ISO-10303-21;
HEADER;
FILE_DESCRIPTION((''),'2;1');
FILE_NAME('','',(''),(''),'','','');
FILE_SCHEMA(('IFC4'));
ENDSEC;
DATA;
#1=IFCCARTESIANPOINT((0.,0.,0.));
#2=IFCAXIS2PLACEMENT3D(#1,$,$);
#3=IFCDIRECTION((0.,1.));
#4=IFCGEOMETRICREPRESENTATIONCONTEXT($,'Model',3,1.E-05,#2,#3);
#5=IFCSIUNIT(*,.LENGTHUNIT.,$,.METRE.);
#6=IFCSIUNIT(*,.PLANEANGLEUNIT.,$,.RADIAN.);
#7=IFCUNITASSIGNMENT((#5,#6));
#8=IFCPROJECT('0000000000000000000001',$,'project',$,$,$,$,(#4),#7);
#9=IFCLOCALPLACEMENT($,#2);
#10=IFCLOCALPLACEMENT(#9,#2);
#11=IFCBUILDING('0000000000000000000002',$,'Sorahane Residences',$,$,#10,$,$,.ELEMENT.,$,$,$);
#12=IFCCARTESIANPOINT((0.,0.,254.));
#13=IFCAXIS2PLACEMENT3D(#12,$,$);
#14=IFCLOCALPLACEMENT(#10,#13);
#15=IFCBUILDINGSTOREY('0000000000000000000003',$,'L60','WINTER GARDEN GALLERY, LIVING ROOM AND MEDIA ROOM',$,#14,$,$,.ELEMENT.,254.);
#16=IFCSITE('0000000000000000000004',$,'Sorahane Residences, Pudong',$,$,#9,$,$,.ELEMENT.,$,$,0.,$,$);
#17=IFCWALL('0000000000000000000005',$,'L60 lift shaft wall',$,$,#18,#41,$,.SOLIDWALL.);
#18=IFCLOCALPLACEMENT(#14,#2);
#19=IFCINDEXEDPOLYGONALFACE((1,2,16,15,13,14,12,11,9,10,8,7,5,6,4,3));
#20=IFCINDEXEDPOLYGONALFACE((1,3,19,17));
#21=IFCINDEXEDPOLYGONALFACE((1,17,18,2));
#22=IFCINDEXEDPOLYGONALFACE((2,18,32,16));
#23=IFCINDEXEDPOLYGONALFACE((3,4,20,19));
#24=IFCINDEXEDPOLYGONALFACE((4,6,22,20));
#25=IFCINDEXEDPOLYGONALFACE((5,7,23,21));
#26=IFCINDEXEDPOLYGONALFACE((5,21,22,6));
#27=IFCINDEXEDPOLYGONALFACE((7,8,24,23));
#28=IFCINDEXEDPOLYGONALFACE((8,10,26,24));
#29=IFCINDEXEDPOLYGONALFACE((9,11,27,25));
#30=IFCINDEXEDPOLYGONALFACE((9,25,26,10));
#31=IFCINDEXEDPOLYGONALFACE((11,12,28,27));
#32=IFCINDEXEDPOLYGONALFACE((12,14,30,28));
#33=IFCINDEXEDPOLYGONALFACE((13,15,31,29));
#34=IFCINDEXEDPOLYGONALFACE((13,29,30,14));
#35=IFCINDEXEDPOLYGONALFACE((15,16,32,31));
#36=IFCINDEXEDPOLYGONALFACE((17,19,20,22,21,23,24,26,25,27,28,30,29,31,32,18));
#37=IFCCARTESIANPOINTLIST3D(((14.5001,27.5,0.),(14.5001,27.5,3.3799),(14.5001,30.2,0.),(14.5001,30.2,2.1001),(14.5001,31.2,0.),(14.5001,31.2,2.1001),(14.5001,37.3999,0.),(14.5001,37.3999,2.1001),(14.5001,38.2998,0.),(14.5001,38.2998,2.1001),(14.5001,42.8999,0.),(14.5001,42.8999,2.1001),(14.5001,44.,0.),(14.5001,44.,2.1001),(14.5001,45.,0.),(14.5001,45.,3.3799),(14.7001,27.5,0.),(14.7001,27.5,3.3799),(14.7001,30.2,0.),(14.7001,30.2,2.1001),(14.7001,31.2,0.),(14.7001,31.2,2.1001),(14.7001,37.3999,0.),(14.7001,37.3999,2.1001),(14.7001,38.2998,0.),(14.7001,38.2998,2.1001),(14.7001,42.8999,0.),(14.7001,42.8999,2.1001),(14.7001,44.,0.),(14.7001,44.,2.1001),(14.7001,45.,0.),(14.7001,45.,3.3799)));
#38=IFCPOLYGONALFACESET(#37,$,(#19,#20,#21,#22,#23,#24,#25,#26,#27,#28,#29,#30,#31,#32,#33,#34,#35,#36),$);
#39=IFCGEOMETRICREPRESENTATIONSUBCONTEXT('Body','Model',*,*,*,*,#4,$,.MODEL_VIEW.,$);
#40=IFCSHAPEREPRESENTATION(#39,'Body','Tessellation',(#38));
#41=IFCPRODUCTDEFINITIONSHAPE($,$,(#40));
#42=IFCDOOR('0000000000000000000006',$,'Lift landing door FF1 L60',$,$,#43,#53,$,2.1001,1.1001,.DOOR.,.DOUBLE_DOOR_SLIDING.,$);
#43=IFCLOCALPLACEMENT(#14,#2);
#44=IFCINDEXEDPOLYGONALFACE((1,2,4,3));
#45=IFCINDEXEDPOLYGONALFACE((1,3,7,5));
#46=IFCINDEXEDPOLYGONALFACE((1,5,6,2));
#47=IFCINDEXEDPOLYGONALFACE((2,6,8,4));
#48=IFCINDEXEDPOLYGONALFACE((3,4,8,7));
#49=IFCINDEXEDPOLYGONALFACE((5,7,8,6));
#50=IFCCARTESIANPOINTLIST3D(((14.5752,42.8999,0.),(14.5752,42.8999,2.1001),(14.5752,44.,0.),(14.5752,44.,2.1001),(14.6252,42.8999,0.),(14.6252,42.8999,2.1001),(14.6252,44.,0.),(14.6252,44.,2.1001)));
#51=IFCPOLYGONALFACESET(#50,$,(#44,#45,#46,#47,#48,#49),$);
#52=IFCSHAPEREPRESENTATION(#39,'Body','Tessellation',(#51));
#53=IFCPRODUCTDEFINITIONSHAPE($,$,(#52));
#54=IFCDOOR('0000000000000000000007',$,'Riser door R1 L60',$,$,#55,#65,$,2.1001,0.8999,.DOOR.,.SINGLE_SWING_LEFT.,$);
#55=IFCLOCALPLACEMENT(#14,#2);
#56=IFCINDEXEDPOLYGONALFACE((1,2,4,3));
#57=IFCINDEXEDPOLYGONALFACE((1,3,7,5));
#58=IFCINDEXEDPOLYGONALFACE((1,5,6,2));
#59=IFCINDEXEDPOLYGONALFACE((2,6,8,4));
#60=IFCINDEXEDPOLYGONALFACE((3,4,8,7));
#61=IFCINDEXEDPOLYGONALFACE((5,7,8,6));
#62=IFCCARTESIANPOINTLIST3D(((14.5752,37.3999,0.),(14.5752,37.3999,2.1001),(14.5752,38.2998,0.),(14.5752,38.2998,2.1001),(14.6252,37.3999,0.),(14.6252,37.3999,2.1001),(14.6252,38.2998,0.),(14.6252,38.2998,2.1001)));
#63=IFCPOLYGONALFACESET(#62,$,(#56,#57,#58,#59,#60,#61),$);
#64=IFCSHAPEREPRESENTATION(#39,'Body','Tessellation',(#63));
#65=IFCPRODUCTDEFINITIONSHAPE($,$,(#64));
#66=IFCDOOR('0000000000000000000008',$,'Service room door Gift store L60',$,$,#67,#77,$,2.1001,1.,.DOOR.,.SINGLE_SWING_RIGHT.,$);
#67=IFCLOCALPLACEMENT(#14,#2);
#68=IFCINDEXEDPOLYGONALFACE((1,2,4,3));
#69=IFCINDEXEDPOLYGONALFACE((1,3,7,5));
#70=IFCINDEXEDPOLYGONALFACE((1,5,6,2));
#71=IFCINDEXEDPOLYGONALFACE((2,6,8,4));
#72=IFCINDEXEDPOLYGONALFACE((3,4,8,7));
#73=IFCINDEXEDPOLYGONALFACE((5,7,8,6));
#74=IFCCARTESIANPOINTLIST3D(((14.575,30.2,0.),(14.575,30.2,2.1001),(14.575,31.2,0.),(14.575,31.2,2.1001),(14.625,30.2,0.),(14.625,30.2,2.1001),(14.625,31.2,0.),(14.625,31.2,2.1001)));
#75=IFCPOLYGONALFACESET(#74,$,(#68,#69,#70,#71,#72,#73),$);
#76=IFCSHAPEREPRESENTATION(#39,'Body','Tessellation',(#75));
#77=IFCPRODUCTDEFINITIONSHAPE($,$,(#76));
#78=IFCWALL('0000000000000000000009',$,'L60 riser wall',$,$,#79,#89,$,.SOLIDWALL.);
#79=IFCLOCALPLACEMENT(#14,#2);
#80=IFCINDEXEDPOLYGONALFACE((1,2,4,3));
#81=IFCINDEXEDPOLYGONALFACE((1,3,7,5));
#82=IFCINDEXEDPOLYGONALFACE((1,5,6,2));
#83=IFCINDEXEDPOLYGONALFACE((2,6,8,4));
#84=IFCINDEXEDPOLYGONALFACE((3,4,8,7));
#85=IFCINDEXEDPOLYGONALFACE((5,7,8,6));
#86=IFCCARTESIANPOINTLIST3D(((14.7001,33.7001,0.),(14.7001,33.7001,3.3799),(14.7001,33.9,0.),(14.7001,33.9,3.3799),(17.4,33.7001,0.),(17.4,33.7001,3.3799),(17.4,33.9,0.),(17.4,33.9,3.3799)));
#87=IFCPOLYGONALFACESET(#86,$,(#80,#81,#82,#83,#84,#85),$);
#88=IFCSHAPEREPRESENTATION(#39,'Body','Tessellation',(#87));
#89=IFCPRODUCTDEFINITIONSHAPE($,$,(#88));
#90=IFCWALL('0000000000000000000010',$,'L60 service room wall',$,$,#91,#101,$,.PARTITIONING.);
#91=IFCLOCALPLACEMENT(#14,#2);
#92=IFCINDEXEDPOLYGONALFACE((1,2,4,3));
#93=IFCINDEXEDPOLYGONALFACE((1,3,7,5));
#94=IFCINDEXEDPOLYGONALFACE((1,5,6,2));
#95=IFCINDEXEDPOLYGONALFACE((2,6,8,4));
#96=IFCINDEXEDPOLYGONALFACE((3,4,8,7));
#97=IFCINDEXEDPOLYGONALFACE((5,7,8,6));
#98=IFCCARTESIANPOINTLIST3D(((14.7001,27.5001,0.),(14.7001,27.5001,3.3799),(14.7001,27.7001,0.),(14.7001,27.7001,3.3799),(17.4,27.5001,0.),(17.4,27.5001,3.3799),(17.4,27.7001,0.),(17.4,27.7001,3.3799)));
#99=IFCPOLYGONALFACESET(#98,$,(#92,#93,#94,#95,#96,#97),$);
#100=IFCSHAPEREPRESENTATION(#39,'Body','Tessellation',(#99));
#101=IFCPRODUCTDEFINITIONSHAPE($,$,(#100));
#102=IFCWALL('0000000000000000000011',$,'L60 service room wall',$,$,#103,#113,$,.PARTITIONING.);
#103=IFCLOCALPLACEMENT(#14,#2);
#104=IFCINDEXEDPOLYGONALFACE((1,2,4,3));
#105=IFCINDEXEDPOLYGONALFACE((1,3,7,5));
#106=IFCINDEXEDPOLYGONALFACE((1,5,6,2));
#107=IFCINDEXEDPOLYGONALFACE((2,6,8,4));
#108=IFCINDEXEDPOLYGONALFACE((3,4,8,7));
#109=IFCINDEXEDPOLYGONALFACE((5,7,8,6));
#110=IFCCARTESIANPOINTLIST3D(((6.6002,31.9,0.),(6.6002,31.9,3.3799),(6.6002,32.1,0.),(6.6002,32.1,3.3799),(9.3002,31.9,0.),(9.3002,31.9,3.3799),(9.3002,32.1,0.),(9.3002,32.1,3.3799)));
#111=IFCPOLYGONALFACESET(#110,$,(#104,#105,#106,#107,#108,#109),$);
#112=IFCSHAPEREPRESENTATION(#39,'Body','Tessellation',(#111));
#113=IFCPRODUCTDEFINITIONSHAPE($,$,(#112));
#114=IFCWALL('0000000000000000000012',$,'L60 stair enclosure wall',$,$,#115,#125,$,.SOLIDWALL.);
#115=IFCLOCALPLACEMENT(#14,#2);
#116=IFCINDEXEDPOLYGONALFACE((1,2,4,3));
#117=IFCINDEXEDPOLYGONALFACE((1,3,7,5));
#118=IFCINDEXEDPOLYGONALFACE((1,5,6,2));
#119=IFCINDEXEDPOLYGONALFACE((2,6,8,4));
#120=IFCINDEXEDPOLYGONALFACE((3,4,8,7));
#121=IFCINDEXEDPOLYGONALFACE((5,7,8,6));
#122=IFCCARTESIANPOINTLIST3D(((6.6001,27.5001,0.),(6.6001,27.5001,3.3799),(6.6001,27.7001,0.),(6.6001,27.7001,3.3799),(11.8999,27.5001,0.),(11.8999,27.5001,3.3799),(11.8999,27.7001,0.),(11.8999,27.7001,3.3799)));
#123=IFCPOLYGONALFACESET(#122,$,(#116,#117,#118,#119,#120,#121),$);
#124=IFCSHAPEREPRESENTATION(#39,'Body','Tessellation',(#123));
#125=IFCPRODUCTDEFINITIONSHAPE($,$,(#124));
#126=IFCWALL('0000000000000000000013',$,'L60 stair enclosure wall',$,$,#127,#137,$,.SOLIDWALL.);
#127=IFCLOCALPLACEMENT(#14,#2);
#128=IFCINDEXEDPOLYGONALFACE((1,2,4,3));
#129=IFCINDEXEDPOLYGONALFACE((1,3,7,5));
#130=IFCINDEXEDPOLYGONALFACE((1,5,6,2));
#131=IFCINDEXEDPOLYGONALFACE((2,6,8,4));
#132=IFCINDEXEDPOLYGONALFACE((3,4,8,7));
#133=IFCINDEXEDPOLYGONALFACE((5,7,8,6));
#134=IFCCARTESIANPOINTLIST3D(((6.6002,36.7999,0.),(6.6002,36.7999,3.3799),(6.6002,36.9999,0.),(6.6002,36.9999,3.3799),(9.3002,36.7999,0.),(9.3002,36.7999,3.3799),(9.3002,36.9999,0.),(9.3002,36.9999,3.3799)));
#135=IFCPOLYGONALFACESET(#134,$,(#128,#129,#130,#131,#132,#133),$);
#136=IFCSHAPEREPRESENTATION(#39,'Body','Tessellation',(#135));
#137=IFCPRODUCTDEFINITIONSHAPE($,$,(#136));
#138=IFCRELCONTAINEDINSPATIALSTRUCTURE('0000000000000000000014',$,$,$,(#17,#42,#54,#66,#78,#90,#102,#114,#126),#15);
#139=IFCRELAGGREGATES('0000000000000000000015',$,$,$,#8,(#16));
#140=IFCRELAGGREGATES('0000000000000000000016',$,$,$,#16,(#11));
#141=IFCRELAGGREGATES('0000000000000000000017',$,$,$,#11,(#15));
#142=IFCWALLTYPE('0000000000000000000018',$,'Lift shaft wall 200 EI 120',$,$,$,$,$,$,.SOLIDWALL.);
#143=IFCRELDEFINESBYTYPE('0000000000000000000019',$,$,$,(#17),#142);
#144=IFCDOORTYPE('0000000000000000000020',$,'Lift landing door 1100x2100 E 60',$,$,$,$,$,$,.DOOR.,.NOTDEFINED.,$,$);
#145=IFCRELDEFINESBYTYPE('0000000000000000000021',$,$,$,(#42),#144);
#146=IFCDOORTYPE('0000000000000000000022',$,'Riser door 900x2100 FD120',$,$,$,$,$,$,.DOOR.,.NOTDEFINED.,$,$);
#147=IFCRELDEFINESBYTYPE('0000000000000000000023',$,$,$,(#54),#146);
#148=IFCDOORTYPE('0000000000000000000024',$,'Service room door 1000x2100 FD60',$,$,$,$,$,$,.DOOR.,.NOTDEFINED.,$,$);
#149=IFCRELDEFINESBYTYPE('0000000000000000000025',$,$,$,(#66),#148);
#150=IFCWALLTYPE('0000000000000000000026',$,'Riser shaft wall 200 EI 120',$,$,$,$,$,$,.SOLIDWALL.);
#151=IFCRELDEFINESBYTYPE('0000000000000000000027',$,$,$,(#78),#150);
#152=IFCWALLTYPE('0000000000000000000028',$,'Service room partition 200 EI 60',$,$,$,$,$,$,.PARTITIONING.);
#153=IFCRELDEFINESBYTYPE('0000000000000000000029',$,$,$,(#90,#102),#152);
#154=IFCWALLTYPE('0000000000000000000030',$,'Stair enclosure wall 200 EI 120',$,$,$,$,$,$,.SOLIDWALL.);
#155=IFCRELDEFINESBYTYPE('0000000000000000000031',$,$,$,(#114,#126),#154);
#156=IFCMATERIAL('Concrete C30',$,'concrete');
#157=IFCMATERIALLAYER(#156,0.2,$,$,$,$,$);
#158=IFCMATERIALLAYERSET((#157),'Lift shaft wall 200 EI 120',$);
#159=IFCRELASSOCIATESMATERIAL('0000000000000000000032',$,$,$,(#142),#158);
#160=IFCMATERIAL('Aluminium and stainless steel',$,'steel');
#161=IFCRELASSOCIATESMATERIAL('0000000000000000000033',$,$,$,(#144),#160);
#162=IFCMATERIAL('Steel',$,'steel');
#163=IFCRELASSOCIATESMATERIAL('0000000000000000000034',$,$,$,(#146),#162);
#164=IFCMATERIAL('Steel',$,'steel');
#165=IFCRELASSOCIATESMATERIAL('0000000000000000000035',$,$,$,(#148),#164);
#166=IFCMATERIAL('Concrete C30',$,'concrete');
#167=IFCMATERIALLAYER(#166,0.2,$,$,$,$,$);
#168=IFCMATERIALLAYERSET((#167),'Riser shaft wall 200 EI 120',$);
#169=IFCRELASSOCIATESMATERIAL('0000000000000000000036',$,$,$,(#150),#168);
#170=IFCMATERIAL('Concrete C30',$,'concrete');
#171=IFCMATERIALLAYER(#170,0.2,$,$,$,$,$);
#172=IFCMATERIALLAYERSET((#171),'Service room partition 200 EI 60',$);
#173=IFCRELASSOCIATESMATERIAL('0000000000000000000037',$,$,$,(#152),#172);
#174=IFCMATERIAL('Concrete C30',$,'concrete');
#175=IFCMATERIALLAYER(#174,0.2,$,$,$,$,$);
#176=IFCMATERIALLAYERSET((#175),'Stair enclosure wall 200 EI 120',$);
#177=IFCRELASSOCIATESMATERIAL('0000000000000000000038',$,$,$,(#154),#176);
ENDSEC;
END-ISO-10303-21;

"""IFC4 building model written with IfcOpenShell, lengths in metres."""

from ifc_helpers import new_model, si_unit, direction, frame, frame_2d, origin, place, context, subcontext, project, spatial, rectangle, extrude, material, layer, layer_set, type_object, element, fill, save


model = new_model("IFC4")

# Units and contexts
model_context = context("Model", 3, precision=1e-05, world=origin(), true_north=direction((0.0, 1.0)))
body_context = subcontext(model_context, "Body", "Model", "MODEL_VIEW")
ifc_project = project(units=[si_unit("LENGTHUNIT", "METRE"), si_unit("PLANEANGLEUNIT", "RADIAN")], contexts=[model_context])

# Site, building, storey
site_placement = place(None, origin())
site = spatial("IfcSite", under=ifc_project, at=site_placement, Name="Sorahane Residences, Pudong", CompositionType="ELEMENT", RefElevation=0.0)
building_placement = place(site_placement, origin())
building = spatial("IfcBuilding", under=site, at=building_placement, Name="Sorahane Residences", CompositionType="ELEMENT")
storey_placement = place(building_placement, frame((0.0, 0.0, 254.0)))
storey = spatial("IfcBuildingStorey", under=building, at=storey_placement, Name="L60", Description="WINTER GARDEN GALLERY, LIVING ROOM AND MEDIA ROOM", CompositionType="ELEMENT", Elevation=254.0)

# Wall, openings, doors
ifc_material_1 = material(Name="Concrete C30", Category="concrete")
ifc_layer_1 = layer(ifc_material_1, 0.2)
ifc_layer_set_1 = layer_set([ifc_layer_1], Name="Lift shaft wall 200 EI 120")
wall_type_1 = type_object("IfcWallType", Name="Lift shaft wall 200 EI 120", PredefinedType="SOLIDWALL", material=ifc_layer_set_1)
wall_1_placement = place(storey_placement, frame((14.6001, 27.5, 0.0), z_axis=(0.0, 0.0, 1.0), x_axis=(0.0, 1.0, 0.0)))
wall_1 = element("IfcWall", 1, at=wall_1_placement, inside=storey, type_object=wall_type_1, Name="L60 lift shaft wall", PredefinedType="SOLIDWALL", context=body_context, shape_type="SweptSolid", body=[
    extrude(rectangle(XDim=17.5, YDim=0.2, at=frame_2d((8.75, 0.0))), origin(), (0.0, 0.0, 1.0), 3.3799),
])
opening_1_placement = place(wall_1_placement, frame((15.3999, 0.0, 0.0)))
opening_1 = element("IfcOpeningElement", 2, at=opening_1_placement, cuts=wall_1, PredefinedType="OPENING", context=body_context, shape_type="SweptSolid", body=[
    extrude(rectangle(XDim=1.1001, YDim=2.1001, at=frame_2d((0.55, 1.05))), frame((0.0, 0.1099, 0.0), z_axis=(0.0, -1.0, 0.0), x_axis=(1.0, 0.0, 0.0)), (0.0, 0.0, 1.0), 0.22),
])
opening_2_placement = place(wall_1_placement, frame((2.7, 0.0, 0.0)))
opening_2 = element("IfcOpeningElement", 3, at=opening_2_placement, cuts=wall_1, PredefinedType="OPENING", context=body_context, shape_type="SweptSolid", body=[
    extrude(rectangle(XDim=1.0, YDim=2.1001, at=frame_2d((0.5, 1.05))), frame((0.0, 0.1099, 0.0), z_axis=(0.0, -1.0, 0.0), x_axis=(1.0, 0.0, 0.0)), (0.0, 0.0, 1.0), 0.22),
])
opening_3_placement = place(wall_1_placement, frame((9.8999, 0.0, 0.0)))
opening_3 = element("IfcOpeningElement", 4, at=opening_3_placement, cuts=wall_1, PredefinedType="OPENING", context=body_context, shape_type="SweptSolid", body=[
    extrude(rectangle(XDim=0.8999, YDim=2.1001, at=frame_2d((0.45, 1.05))), frame((0.0, 0.1099, 0.0), z_axis=(0.0, -1.0, 0.0), x_axis=(1.0, 0.0, 0.0)), (0.0, 0.0, 1.0), 0.22),
])
ifc_material_2 = material(Name="Aluminium and stainless steel", Category="steel")
door_type_1 = type_object("IfcDoorType", Name="Lift landing door 1100x2100 E 60", OperationType="NOTDEFINED", PredefinedType="DOOR", material=ifc_material_2)
door_1_placement = place(opening_1_placement, origin())
door_1 = element("IfcDoor", 5, at=door_1_placement, inside=storey, type_object=door_type_1, Name="Lift landing door FF1 L60", OperationType="DOUBLE_DOOR_SLIDING", OverallHeight=2.1001, OverallWidth=1.1001, PredefinedType="DOOR", context=body_context, shape_type="SweptSolid", body=[
    extrude(rectangle(XDim=1.1001, YDim=2.1001, at=frame_2d((0.55, 1.05))), frame((0.0, 0.0249, 0.0), z_axis=(0.0, -1.0, 0.0), x_axis=(1.0, 0.0, 0.0)), (0.0, 0.0, 1.0), 0.05),
])
fill(opening_1, door_1)
ifc_material_3 = material(Name="Steel", Category="steel")
door_type_2 = type_object("IfcDoorType", Name="Riser door 900x2100 FD120", OperationType="NOTDEFINED", PredefinedType="DOOR", material=ifc_material_3)
door_2_placement = place(opening_3_placement, origin())
door_2 = element("IfcDoor", 6, at=door_2_placement, inside=storey, type_object=door_type_2, Name="Riser door R1 L60", OperationType="SINGLE_SWING_LEFT", OverallHeight=2.1001, OverallWidth=0.8999, PredefinedType="DOOR", context=body_context, shape_type="SweptSolid", body=[
    extrude(rectangle(XDim=0.8999, YDim=2.1001, at=frame_2d((0.45, 1.05))), frame((0.0, 0.0249, 0.0), z_axis=(0.0, -1.0, 0.0), x_axis=(1.0, 0.0, 0.0)), (0.0, 0.0, 1.0), 0.05),
])
fill(opening_3, door_2)
ifc_material_4 = material(Name="Steel", Category="steel")
door_type_3 = type_object("IfcDoorType", Name="Service room door 1000x2100 FD60", OperationType="NOTDEFINED", PredefinedType="DOOR", material=ifc_material_4)
door_3_placement = place(opening_2_placement, frame((1.0, 0.0, 0.0), z_axis=(0.0, 0.0, 1.0), x_axis=(-1.0, 0.0, 0.0)))
door_3 = element("IfcDoor", 7, at=door_3_placement, inside=storey, type_object=door_type_3, Name="Service room door Gift store L60", OperationType="SINGLE_SWING_RIGHT", OverallHeight=2.1001, OverallWidth=1.0, PredefinedType="DOOR", context=body_context, shape_type="SweptSolid", body=[
    extrude(rectangle(XDim=1.0, YDim=2.1001, at=frame_2d((0.5, 1.05))), frame((0.0, 0.0249, 0.0), z_axis=(0.0, -1.0, 0.0), x_axis=(1.0, 0.0, 0.0)), (0.0, 0.0, 1.0), 0.05),
])
fill(opening_2, door_3)

# Walls
ifc_material_5 = material(Name="Concrete C30", Category="concrete")
ifc_layer_2 = layer(ifc_material_5, 0.2)
ifc_layer_set_2 = layer_set([ifc_layer_2], Name="Riser shaft wall 200 EI 120")
wall_type_2 = type_object("IfcWallType", Name="Riser shaft wall 200 EI 120", PredefinedType="SOLIDWALL", material=ifc_layer_set_2)
wall_2_placement = place(storey_placement, frame((14.7, 33.8, 0.0), z_axis=(0.0, 0.0, 1.0), x_axis=(1.0, 0.0, 0.0)))
element("IfcWall", 8, at=wall_2_placement, inside=storey, type_object=wall_type_2, Name="L60 riser wall", PredefinedType="SOLIDWALL", context=body_context, shape_type="SweptSolid", body=[
    extrude(rectangle(XDim=2.7, YDim=0.2, at=frame_2d((1.3501, 0.0))), origin(), (0.0, 0.0, 1.0), 3.3799),
])
ifc_material_6 = material(Name="Concrete C30", Category="concrete")
ifc_layer_3 = layer(ifc_material_6, 0.2)
ifc_layer_set_3 = layer_set([ifc_layer_3], Name="Service room partition 200 EI 60")
wall_type_3 = type_object("IfcWallType", Name="Service room partition 200 EI 60", PredefinedType="PARTITIONING", material=ifc_layer_set_3)
for number, where, z_axis, x_axis, name in (
    (9, (14.7, 27.6001, 0.0), (0.0, 0.0, 1.0), (1.0, 0.0, 0.0), "L60 service room wall"),
    (10, (6.6001, 32.0, 0.0), (0.0, 0.0, 1.0), (1.0, 0.0, 0.0), "L60 service room wall"),
):
    element("IfcWall", number, at=place(storey_placement, frame(where, z_axis=z_axis, x_axis=x_axis)), inside=storey, type_object=wall_type_3, Name=name, PredefinedType="PARTITIONING", context=body_context, shape_type="SweptSolid", body=[
        extrude(rectangle(XDim=2.7, YDim=0.2, at=frame_2d((1.3501, 0.0))), origin(), (0.0, 0.0, 1.0), 3.3799),
    ])
ifc_material_7 = material(Name="Concrete C30", Category="concrete")
ifc_layer_4 = layer(ifc_material_7, 0.2)
ifc_layer_set_4 = layer_set([ifc_layer_4], Name="Stair enclosure wall 200 EI 120")
wall_type_4 = type_object("IfcWallType", Name="Stair enclosure wall 200 EI 120", PredefinedType="SOLIDWALL", material=ifc_layer_set_4)
wall_3_placement = place(storey_placement, frame((6.6001, 27.6001, 0.0), z_axis=(0.0, 0.0, 1.0), x_axis=(1.0, 0.0, 0.0)))
element("IfcWall", 11, at=wall_3_placement, inside=storey, type_object=wall_type_4, Name="L60 stair enclosure wall", PredefinedType="SOLIDWALL", context=body_context, shape_type="SweptSolid", body=[
    extrude(rectangle(XDim=5.2998, YDim=0.2, at=frame_2d((2.6499, 0.0))), origin(), (0.0, 0.0, 1.0), 3.3799),
])
wall_4_placement = place(storey_placement, frame((6.6001, 36.8999, 0.0), z_axis=(0.0, 0.0, 1.0), x_axis=(1.0, 0.0, 0.0)))
element("IfcWall", 12, at=wall_4_placement, inside=storey, type_object=wall_type_4, Name="L60 stair enclosure wall", PredefinedType="SOLIDWALL", context=body_context, shape_type="SweptSolid", body=[
    extrude(rectangle(XDim=2.7, YDim=0.2, at=frame_2d((1.3501, 0.0))), origin(), (0.0, 0.0, 1.0), 3.3799),
])

save(model, "model.ifc")
